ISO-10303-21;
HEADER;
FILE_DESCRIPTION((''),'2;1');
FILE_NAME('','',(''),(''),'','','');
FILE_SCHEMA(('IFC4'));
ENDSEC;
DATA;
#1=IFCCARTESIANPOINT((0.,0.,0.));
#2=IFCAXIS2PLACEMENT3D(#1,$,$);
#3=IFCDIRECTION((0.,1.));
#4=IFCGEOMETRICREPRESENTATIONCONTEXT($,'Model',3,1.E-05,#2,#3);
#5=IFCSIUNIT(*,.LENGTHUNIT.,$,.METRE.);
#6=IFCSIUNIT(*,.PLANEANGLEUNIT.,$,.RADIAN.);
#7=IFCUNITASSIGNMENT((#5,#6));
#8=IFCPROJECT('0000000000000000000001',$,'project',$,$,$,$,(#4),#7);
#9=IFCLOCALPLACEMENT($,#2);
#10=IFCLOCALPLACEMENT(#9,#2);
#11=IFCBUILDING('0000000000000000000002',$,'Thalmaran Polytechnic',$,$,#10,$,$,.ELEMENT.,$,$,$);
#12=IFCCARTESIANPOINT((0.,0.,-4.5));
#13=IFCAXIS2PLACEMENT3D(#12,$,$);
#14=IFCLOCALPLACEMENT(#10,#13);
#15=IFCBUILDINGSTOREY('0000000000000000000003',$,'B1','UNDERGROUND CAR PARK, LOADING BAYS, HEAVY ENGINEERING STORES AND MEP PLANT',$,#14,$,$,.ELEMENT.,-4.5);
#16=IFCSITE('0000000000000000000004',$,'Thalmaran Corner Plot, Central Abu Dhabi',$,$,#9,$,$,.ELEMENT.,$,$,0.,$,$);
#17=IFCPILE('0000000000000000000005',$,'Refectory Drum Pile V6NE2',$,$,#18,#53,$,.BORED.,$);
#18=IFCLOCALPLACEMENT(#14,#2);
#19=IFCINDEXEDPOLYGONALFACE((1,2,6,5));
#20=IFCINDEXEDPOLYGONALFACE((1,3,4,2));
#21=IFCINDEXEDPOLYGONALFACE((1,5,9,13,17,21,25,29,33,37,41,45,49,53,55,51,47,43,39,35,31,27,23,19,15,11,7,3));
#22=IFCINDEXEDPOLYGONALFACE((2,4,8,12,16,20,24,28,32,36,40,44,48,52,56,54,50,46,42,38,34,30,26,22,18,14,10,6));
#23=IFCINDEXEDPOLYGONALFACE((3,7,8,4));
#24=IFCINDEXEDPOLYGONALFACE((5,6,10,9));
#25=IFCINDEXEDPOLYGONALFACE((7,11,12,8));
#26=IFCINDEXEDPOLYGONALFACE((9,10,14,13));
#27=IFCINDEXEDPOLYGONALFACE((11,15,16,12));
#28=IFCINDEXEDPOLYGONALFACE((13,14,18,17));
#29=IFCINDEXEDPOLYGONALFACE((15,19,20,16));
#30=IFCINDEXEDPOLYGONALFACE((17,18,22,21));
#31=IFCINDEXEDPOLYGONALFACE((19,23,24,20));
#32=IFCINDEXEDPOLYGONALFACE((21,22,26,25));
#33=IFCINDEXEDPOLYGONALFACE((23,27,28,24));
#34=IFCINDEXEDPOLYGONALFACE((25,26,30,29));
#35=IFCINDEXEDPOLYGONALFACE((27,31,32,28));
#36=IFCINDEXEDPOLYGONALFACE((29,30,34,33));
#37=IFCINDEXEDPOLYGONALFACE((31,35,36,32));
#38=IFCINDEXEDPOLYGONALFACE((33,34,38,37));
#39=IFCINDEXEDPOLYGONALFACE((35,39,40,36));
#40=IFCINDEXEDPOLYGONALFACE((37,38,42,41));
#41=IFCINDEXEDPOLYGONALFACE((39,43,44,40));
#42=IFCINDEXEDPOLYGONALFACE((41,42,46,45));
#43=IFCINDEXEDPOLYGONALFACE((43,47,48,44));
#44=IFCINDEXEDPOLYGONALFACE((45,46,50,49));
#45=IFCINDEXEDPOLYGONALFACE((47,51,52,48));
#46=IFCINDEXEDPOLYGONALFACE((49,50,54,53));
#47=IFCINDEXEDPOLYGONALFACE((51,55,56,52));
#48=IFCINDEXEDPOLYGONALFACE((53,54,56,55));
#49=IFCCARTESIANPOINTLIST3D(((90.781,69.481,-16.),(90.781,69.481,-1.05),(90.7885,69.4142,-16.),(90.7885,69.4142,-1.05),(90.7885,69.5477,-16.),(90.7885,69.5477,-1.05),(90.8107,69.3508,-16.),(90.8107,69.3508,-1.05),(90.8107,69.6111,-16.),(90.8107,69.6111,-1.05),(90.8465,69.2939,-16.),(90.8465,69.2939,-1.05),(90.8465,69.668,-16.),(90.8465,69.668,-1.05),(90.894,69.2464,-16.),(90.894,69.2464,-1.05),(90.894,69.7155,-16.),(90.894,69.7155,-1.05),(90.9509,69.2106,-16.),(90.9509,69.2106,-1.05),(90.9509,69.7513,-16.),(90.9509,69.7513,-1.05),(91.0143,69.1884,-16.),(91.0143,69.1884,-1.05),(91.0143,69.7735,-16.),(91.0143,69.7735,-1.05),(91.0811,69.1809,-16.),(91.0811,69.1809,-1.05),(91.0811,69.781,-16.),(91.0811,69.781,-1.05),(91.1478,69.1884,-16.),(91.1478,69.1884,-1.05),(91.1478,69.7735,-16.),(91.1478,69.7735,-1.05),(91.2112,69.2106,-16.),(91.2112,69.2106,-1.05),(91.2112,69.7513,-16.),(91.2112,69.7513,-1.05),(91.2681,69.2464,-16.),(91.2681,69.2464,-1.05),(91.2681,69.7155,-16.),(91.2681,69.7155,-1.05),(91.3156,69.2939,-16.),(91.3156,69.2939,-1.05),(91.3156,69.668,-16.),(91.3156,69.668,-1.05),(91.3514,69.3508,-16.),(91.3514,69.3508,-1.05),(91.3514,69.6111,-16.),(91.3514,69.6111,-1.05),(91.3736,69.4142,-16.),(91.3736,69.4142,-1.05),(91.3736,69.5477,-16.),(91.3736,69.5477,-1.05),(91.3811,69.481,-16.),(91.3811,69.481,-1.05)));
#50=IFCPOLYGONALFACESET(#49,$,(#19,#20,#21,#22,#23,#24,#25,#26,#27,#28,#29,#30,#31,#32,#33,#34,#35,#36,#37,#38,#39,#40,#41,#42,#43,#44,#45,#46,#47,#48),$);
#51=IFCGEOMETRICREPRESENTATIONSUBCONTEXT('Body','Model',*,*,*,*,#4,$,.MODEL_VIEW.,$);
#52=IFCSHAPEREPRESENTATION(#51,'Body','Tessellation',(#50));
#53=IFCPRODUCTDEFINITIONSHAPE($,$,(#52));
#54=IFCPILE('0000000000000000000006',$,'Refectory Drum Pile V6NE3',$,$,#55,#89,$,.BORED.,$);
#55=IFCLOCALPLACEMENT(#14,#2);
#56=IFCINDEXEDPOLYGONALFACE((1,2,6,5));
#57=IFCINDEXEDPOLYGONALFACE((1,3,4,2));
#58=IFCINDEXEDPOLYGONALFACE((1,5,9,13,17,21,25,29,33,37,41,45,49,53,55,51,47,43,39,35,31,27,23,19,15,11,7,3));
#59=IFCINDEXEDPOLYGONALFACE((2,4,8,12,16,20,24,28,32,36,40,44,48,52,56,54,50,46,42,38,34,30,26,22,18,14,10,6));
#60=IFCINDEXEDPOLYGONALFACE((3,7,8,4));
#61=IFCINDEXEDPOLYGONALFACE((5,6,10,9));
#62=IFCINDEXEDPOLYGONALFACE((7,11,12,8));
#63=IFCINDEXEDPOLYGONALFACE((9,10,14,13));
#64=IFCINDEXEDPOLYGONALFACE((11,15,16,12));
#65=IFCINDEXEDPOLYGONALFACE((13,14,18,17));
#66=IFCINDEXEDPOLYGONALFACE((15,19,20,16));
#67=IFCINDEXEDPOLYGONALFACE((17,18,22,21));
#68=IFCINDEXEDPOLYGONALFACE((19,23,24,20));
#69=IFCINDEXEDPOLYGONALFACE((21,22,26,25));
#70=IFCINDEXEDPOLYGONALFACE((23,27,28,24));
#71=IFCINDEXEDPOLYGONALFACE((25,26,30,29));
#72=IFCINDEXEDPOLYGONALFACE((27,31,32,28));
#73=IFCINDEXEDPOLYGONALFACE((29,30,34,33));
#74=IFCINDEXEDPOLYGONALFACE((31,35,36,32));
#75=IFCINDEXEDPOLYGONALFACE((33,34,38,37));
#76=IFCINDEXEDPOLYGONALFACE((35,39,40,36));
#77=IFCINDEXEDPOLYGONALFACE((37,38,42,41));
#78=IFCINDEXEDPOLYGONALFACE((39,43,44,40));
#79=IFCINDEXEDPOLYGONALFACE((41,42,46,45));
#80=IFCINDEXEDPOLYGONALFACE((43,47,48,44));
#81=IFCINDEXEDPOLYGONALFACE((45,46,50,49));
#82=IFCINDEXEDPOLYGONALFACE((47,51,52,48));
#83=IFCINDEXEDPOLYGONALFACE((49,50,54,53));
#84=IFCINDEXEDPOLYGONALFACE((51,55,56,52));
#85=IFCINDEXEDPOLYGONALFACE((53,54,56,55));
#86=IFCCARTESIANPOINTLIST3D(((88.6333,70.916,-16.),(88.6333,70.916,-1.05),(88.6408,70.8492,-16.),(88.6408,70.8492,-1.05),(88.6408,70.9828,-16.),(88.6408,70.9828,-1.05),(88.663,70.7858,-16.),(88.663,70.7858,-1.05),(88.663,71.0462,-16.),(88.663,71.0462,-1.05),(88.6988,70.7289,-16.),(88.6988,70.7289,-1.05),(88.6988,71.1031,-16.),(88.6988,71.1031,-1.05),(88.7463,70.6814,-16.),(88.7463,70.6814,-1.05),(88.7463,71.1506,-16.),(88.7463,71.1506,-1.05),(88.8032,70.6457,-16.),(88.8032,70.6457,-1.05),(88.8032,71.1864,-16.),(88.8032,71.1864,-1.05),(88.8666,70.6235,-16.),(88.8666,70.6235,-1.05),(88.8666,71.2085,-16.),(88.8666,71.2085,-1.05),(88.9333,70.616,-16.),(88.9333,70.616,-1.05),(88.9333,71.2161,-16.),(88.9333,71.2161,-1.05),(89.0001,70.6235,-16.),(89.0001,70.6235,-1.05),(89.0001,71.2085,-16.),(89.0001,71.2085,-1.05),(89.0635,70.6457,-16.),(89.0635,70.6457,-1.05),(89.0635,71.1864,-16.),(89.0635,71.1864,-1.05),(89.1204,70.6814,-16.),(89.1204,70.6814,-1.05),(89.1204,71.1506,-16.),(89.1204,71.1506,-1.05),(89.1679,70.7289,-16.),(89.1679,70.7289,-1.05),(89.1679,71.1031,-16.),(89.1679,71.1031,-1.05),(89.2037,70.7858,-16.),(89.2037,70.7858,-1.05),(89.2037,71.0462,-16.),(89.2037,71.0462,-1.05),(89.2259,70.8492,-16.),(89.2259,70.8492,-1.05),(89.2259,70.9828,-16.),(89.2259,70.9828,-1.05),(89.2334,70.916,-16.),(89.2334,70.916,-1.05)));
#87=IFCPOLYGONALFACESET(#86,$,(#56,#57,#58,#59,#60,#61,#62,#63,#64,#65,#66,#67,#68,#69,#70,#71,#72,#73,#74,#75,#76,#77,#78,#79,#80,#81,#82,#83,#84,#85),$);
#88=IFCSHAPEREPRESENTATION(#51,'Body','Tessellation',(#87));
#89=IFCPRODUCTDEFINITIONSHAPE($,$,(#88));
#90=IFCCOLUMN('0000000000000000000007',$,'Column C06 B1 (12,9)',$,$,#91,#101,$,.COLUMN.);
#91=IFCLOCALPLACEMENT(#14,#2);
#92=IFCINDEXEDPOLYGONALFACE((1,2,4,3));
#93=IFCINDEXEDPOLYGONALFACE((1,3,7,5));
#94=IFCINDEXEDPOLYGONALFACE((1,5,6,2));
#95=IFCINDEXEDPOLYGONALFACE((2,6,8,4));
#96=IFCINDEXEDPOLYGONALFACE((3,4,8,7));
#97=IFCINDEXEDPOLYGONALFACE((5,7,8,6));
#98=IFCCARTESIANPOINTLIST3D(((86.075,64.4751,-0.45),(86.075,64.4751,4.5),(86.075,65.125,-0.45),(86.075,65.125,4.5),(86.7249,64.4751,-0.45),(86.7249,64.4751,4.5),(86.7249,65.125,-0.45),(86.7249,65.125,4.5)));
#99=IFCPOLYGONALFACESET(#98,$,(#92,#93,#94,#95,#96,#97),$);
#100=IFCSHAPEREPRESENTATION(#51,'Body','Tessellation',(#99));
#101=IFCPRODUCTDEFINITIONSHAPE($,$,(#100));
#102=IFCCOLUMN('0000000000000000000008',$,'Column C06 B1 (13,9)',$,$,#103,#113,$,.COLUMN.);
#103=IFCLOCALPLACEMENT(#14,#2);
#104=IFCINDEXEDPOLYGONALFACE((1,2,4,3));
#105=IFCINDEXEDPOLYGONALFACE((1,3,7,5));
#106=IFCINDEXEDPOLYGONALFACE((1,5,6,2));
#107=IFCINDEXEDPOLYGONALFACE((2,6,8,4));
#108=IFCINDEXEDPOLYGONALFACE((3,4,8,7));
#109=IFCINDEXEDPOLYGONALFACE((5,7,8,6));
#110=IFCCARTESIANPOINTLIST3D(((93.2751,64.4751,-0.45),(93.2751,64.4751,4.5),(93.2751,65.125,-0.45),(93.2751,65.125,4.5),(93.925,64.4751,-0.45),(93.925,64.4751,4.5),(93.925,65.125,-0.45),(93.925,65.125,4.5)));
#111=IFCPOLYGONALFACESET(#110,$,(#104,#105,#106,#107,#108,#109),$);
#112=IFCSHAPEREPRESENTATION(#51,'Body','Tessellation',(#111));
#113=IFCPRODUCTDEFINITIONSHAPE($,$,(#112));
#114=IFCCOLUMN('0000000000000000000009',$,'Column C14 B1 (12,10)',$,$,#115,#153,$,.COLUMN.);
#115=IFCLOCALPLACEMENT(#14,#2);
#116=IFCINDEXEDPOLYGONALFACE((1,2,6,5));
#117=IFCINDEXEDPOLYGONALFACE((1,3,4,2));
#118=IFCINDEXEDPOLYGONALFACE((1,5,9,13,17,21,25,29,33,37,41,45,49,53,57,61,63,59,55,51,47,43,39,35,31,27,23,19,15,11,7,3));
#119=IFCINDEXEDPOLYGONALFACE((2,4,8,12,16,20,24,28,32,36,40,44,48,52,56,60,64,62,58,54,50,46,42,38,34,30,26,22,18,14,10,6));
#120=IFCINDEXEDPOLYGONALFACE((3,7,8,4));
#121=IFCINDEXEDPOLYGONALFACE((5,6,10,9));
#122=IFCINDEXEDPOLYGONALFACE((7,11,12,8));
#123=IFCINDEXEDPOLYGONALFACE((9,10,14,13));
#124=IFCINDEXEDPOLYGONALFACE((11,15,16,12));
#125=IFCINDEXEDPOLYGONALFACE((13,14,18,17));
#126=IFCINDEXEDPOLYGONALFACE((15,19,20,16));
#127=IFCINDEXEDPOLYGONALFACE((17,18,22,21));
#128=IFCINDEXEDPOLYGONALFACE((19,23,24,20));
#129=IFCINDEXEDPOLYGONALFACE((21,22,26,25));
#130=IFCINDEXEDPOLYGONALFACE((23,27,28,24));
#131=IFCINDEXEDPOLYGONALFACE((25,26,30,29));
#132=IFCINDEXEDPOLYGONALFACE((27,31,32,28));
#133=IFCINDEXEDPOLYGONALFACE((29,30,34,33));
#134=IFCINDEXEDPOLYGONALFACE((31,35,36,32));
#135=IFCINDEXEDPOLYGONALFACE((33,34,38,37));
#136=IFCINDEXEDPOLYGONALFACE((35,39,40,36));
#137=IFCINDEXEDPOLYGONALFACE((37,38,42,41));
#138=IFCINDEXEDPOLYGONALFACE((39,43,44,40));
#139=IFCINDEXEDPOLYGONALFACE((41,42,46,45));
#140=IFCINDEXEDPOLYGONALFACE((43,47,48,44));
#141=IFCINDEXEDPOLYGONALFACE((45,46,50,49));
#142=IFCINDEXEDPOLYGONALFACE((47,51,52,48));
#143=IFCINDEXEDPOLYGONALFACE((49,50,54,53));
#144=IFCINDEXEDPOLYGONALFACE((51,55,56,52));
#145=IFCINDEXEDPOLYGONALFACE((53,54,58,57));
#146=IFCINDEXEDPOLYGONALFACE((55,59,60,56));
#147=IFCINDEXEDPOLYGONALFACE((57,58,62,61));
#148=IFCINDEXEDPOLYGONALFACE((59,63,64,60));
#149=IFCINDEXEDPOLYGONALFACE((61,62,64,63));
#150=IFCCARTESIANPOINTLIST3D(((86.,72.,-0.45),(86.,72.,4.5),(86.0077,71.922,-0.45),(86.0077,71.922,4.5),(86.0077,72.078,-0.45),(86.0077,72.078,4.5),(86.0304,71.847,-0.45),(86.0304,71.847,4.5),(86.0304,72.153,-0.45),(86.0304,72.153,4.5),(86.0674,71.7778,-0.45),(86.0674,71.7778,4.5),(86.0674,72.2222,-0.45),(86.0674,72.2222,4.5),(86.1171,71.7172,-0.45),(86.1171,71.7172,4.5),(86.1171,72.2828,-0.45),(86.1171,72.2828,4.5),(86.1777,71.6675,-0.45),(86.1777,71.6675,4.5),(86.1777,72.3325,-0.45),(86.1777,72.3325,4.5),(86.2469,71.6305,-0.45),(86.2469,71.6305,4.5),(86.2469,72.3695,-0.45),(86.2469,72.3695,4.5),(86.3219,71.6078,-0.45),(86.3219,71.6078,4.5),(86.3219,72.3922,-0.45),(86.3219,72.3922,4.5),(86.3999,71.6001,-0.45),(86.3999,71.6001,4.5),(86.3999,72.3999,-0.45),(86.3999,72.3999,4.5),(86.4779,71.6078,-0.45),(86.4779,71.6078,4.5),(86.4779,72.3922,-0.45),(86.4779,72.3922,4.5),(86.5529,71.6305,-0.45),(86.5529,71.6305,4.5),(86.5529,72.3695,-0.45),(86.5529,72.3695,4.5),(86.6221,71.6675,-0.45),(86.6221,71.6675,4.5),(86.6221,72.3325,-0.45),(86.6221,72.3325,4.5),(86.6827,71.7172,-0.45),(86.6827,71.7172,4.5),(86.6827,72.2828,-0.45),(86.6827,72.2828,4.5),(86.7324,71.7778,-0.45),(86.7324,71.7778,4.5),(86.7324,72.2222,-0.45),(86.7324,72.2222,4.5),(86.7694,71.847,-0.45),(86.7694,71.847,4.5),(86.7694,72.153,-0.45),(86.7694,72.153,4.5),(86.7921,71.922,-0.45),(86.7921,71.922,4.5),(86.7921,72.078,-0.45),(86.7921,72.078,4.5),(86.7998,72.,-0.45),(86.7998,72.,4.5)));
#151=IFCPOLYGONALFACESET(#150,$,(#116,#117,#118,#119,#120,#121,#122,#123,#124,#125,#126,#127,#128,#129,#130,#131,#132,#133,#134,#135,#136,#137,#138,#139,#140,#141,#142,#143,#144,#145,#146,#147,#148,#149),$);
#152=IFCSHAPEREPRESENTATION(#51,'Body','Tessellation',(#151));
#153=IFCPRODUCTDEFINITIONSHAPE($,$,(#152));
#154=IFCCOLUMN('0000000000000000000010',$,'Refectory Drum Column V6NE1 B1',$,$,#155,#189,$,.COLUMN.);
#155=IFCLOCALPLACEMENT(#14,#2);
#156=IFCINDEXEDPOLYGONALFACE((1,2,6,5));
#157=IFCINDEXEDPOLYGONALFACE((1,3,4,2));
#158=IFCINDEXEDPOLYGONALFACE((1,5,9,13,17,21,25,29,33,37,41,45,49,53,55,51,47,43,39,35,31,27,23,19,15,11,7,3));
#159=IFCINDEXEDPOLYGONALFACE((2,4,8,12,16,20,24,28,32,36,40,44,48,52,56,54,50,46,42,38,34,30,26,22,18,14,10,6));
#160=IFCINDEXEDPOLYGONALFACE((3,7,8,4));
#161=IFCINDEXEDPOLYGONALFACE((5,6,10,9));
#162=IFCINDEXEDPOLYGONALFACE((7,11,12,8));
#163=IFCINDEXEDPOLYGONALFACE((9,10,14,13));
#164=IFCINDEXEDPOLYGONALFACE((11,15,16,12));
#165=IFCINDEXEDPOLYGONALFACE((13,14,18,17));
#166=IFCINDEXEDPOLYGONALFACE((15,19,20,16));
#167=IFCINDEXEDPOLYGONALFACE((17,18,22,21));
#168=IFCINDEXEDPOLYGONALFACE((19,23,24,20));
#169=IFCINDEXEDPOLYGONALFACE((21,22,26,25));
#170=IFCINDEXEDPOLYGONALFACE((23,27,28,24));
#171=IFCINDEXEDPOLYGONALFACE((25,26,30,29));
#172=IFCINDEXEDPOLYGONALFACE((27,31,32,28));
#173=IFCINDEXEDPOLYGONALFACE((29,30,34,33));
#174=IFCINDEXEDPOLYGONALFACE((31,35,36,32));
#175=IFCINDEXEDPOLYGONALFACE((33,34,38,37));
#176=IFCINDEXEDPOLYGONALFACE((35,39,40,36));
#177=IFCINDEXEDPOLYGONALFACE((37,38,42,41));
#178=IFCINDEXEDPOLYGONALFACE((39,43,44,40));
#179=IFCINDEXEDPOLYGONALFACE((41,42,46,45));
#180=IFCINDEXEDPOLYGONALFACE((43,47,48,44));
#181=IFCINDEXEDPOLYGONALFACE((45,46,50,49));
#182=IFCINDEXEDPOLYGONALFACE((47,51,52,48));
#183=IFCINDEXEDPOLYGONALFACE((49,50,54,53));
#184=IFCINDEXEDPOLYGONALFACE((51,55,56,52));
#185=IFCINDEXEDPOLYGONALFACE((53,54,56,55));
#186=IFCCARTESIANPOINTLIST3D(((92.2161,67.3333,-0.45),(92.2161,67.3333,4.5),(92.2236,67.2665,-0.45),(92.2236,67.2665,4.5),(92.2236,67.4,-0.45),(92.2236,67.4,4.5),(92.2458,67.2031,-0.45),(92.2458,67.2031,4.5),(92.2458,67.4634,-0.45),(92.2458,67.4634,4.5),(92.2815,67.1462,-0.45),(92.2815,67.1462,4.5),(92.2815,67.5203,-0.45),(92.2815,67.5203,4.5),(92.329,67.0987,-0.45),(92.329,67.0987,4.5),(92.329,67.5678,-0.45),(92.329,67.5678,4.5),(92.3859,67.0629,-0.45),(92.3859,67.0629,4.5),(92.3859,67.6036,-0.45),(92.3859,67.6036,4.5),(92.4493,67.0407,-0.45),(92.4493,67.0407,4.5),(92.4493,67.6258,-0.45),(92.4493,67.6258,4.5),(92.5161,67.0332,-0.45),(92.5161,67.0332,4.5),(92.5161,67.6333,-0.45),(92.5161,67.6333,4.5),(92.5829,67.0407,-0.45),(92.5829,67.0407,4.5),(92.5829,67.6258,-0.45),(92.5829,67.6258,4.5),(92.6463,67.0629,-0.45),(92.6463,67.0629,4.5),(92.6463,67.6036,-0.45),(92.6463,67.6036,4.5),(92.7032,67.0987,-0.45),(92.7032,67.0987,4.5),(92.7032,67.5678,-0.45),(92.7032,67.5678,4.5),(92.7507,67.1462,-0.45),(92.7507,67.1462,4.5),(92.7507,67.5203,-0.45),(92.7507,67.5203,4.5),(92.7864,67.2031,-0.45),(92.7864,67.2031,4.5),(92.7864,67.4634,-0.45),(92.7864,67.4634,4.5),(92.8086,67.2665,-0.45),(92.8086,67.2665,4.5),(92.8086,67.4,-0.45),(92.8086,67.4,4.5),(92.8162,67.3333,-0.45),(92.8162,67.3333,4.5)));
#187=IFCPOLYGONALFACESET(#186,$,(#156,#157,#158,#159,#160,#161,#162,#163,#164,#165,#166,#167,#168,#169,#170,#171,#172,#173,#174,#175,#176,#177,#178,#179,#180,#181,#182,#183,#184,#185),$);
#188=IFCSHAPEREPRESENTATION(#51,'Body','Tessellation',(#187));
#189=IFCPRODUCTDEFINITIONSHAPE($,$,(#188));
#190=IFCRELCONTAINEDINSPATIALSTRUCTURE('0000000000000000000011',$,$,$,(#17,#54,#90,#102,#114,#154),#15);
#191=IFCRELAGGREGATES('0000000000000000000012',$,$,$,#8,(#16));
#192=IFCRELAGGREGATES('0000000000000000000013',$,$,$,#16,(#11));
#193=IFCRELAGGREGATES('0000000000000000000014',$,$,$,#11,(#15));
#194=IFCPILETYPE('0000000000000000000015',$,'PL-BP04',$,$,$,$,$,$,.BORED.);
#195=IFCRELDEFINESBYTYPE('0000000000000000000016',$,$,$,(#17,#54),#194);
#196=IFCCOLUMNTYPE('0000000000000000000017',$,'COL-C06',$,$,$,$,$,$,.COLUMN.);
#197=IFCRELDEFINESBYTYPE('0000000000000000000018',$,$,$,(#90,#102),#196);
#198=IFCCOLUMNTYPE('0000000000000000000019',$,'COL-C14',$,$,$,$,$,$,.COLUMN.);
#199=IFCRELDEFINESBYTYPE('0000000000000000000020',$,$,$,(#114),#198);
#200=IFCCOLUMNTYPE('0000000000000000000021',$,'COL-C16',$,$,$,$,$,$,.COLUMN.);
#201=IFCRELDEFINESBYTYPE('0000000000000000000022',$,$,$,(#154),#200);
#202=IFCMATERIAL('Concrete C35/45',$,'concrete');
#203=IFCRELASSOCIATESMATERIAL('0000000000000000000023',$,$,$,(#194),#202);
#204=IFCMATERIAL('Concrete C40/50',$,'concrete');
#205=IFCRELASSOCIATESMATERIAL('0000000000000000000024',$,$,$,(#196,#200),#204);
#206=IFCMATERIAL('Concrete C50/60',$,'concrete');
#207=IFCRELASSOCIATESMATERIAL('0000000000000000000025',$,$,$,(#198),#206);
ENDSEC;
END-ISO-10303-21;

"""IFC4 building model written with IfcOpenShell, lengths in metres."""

from ifc_helpers import new_model, si_unit, direction, frame, origin, origin_2d, place, context, subcontext, project, spatial, rectangle, circle, extrude, material, material_profile, profile_set, type_object, element, save


model = new_model("IFC4")

# Units and contexts
model_context = context("Model", 3, precision=1e-05, world=origin(), true_north=direction((0.0, 1.0)))
body_context = subcontext(model_context, "Body", "Model", "MODEL_VIEW")
ifc_project = project(units=[si_unit("LENGTHUNIT", "METRE"), si_unit("PLANEANGLEUNIT", "RADIAN")], contexts=[model_context])

# Site, building, storey
site_placement = place(None, origin())
site = spatial("IfcSite", under=ifc_project, at=site_placement, Name="Thalmaran Corner Plot, Central Abu Dhabi", CompositionType="ELEMENT", RefElevation=0.0)
building_placement = place(site_placement, origin())
building = spatial("IfcBuilding", under=site, at=building_placement, Name="Thalmaran Polytechnic", CompositionType="ELEMENT")
storey_placement = place(building_placement, frame((0.0, 0.0, -4.5)))
storey = spatial("IfcBuildingStorey", under=building, at=storey_placement, Name="B1", Description="UNDERGROUND CAR PARK, LOADING BAYS, HEAVY ENGINEERING STORES AND MEP PLANT", CompositionType="ELEMENT", Elevation=-4.5)

# Shared definitions
ifc_material_1 = material(Name="Concrete C40/50", Category="concrete")

# Piles
ifc_material_2 = material(Name="Concrete C35/45", Category="concrete")
ifc_material_profile_1 = material_profile(ifc_material_2, circle(Radius=0.3, at=origin_2d()), Name="RC 600 DIA")
ifc_profile_set_1 = profile_set([ifc_material_profile_1], Name="Concrete C35/45")
pile_type = type_object("IfcPileType", Name="PL-BP04", PredefinedType="BORED", material=ifc_profile_set_1)
for number, where, z_axis, x_axis, name in (
    (1, (91.0811, 69.481, -1.05), (0.0, 0.0, -1.0), (1.0, 0.0, 0.0), "Refectory Drum Pile V6NE2"),
    (2, (88.9333, 70.916, -1.05), (0.0, 0.0, -1.0), (1.0, 0.0, 0.0), "Refectory Drum Pile V6NE3"),
):
    element("IfcPile", number, at=place(storey_placement, frame(where, z_axis=z_axis, x_axis=x_axis)), inside=storey, type_object=pile_type, Name=name, PredefinedType="BORED", context=body_context, shape_type="SweptSolid", body=[
        extrude(circle(Radius=0.3, at=origin_2d()), origin(), (0.0, 0.0, 1.0), 14.95),
    ])

# Columns
ifc_material_profile_2 = material_profile(ifc_material_1, rectangle(XDim=0.6499, YDim=0.6499, at=origin_2d()), Name="RC 650x650")
ifc_profile_set_2 = profile_set([ifc_material_profile_2], Name="Concrete C40/50")
column_type_1 = type_object("IfcColumnType", Name="COL-C06", PredefinedType="COLUMN", material=ifc_profile_set_2)
for number, where, z_axis, x_axis, name in (
    (3, (86.3999, 64.8, -0.45), (0.0, 0.0, 1.0), (1.0, 0.0, 0.0), "Column C06 B1 (12,9)"),
    (4, (93.6001, 64.8, -0.45), (0.0, 0.0, 1.0), (1.0, 0.0, 0.0), "Column C06 B1 (13,9)"),
):
    element("IfcColumn", number, at=place(storey_placement, frame(where, z_axis=z_axis, x_axis=x_axis)), inside=storey, type_object=column_type_1, Name=name, PredefinedType="COLUMN", context=body_context, shape_type="SweptSolid", body=[
        extrude(rectangle(XDim=0.6499, YDim=0.6499, at=origin_2d()), origin(), (0.0, 0.0, 1.0), 4.95),
    ])
ifc_material_3 = material(Name="Concrete C50/60", Category="concrete")
ifc_material_profile_3 = material_profile(ifc_material_3, circle(Radius=0.3999, at=origin_2d()), Name="RC 800 DIA")
ifc_profile_set_3 = profile_set([ifc_material_profile_3], Name="Concrete C50/60")
column_type_2 = type_object("IfcColumnType", Name="COL-C14", PredefinedType="COLUMN", material=ifc_profile_set_3)
column_placement = place(storey_placement, frame((86.3999, 72.0, -0.45), z_axis=(0.0, 0.0, 1.0), x_axis=(1.0, 0.0, 0.0)))
element("IfcColumn", 5, at=column_placement, inside=storey, type_object=column_type_2, Name="Column C14 B1 (12,10)", PredefinedType="COLUMN", context=body_context, shape_type="SweptSolid", body=[
    extrude(circle(Radius=0.3999, at=origin_2d()), origin(), (0.0, 0.0, 1.0), 4.95),
])
ifc_material_profile_4 = material_profile(ifc_material_1, circle(Radius=0.3, at=origin_2d()), Name="RC 600 DIA")
ifc_profile_set_4 = profile_set([ifc_material_profile_4], Name="Concrete C40/50")
column_type_3 = type_object("IfcColumnType", Name="COL-C16", PredefinedType="COLUMN", material=ifc_profile_set_4)
for number, where, z_axis, x_axis, name in (
    (6, (92.5161, 67.3333, -0.45), (0.0, 0.0, 1.0), (1.0, 0.0, 0.0), "Refectory Drum Column V6NE1 B1"),
):
    element("IfcColumn", number, at=place(storey_placement, frame(where, z_axis=z_axis, x_axis=x_axis)), inside=storey, type_object=column_type_3, Name=name, PredefinedType="COLUMN", context=body_context, shape_type="SweptSolid", body=[
        extrude(circle(Radius=0.3, at=origin_2d()), origin(), (0.0, 0.0, 1.0), 4.95),
    ])

save(model, "model.ifc")
